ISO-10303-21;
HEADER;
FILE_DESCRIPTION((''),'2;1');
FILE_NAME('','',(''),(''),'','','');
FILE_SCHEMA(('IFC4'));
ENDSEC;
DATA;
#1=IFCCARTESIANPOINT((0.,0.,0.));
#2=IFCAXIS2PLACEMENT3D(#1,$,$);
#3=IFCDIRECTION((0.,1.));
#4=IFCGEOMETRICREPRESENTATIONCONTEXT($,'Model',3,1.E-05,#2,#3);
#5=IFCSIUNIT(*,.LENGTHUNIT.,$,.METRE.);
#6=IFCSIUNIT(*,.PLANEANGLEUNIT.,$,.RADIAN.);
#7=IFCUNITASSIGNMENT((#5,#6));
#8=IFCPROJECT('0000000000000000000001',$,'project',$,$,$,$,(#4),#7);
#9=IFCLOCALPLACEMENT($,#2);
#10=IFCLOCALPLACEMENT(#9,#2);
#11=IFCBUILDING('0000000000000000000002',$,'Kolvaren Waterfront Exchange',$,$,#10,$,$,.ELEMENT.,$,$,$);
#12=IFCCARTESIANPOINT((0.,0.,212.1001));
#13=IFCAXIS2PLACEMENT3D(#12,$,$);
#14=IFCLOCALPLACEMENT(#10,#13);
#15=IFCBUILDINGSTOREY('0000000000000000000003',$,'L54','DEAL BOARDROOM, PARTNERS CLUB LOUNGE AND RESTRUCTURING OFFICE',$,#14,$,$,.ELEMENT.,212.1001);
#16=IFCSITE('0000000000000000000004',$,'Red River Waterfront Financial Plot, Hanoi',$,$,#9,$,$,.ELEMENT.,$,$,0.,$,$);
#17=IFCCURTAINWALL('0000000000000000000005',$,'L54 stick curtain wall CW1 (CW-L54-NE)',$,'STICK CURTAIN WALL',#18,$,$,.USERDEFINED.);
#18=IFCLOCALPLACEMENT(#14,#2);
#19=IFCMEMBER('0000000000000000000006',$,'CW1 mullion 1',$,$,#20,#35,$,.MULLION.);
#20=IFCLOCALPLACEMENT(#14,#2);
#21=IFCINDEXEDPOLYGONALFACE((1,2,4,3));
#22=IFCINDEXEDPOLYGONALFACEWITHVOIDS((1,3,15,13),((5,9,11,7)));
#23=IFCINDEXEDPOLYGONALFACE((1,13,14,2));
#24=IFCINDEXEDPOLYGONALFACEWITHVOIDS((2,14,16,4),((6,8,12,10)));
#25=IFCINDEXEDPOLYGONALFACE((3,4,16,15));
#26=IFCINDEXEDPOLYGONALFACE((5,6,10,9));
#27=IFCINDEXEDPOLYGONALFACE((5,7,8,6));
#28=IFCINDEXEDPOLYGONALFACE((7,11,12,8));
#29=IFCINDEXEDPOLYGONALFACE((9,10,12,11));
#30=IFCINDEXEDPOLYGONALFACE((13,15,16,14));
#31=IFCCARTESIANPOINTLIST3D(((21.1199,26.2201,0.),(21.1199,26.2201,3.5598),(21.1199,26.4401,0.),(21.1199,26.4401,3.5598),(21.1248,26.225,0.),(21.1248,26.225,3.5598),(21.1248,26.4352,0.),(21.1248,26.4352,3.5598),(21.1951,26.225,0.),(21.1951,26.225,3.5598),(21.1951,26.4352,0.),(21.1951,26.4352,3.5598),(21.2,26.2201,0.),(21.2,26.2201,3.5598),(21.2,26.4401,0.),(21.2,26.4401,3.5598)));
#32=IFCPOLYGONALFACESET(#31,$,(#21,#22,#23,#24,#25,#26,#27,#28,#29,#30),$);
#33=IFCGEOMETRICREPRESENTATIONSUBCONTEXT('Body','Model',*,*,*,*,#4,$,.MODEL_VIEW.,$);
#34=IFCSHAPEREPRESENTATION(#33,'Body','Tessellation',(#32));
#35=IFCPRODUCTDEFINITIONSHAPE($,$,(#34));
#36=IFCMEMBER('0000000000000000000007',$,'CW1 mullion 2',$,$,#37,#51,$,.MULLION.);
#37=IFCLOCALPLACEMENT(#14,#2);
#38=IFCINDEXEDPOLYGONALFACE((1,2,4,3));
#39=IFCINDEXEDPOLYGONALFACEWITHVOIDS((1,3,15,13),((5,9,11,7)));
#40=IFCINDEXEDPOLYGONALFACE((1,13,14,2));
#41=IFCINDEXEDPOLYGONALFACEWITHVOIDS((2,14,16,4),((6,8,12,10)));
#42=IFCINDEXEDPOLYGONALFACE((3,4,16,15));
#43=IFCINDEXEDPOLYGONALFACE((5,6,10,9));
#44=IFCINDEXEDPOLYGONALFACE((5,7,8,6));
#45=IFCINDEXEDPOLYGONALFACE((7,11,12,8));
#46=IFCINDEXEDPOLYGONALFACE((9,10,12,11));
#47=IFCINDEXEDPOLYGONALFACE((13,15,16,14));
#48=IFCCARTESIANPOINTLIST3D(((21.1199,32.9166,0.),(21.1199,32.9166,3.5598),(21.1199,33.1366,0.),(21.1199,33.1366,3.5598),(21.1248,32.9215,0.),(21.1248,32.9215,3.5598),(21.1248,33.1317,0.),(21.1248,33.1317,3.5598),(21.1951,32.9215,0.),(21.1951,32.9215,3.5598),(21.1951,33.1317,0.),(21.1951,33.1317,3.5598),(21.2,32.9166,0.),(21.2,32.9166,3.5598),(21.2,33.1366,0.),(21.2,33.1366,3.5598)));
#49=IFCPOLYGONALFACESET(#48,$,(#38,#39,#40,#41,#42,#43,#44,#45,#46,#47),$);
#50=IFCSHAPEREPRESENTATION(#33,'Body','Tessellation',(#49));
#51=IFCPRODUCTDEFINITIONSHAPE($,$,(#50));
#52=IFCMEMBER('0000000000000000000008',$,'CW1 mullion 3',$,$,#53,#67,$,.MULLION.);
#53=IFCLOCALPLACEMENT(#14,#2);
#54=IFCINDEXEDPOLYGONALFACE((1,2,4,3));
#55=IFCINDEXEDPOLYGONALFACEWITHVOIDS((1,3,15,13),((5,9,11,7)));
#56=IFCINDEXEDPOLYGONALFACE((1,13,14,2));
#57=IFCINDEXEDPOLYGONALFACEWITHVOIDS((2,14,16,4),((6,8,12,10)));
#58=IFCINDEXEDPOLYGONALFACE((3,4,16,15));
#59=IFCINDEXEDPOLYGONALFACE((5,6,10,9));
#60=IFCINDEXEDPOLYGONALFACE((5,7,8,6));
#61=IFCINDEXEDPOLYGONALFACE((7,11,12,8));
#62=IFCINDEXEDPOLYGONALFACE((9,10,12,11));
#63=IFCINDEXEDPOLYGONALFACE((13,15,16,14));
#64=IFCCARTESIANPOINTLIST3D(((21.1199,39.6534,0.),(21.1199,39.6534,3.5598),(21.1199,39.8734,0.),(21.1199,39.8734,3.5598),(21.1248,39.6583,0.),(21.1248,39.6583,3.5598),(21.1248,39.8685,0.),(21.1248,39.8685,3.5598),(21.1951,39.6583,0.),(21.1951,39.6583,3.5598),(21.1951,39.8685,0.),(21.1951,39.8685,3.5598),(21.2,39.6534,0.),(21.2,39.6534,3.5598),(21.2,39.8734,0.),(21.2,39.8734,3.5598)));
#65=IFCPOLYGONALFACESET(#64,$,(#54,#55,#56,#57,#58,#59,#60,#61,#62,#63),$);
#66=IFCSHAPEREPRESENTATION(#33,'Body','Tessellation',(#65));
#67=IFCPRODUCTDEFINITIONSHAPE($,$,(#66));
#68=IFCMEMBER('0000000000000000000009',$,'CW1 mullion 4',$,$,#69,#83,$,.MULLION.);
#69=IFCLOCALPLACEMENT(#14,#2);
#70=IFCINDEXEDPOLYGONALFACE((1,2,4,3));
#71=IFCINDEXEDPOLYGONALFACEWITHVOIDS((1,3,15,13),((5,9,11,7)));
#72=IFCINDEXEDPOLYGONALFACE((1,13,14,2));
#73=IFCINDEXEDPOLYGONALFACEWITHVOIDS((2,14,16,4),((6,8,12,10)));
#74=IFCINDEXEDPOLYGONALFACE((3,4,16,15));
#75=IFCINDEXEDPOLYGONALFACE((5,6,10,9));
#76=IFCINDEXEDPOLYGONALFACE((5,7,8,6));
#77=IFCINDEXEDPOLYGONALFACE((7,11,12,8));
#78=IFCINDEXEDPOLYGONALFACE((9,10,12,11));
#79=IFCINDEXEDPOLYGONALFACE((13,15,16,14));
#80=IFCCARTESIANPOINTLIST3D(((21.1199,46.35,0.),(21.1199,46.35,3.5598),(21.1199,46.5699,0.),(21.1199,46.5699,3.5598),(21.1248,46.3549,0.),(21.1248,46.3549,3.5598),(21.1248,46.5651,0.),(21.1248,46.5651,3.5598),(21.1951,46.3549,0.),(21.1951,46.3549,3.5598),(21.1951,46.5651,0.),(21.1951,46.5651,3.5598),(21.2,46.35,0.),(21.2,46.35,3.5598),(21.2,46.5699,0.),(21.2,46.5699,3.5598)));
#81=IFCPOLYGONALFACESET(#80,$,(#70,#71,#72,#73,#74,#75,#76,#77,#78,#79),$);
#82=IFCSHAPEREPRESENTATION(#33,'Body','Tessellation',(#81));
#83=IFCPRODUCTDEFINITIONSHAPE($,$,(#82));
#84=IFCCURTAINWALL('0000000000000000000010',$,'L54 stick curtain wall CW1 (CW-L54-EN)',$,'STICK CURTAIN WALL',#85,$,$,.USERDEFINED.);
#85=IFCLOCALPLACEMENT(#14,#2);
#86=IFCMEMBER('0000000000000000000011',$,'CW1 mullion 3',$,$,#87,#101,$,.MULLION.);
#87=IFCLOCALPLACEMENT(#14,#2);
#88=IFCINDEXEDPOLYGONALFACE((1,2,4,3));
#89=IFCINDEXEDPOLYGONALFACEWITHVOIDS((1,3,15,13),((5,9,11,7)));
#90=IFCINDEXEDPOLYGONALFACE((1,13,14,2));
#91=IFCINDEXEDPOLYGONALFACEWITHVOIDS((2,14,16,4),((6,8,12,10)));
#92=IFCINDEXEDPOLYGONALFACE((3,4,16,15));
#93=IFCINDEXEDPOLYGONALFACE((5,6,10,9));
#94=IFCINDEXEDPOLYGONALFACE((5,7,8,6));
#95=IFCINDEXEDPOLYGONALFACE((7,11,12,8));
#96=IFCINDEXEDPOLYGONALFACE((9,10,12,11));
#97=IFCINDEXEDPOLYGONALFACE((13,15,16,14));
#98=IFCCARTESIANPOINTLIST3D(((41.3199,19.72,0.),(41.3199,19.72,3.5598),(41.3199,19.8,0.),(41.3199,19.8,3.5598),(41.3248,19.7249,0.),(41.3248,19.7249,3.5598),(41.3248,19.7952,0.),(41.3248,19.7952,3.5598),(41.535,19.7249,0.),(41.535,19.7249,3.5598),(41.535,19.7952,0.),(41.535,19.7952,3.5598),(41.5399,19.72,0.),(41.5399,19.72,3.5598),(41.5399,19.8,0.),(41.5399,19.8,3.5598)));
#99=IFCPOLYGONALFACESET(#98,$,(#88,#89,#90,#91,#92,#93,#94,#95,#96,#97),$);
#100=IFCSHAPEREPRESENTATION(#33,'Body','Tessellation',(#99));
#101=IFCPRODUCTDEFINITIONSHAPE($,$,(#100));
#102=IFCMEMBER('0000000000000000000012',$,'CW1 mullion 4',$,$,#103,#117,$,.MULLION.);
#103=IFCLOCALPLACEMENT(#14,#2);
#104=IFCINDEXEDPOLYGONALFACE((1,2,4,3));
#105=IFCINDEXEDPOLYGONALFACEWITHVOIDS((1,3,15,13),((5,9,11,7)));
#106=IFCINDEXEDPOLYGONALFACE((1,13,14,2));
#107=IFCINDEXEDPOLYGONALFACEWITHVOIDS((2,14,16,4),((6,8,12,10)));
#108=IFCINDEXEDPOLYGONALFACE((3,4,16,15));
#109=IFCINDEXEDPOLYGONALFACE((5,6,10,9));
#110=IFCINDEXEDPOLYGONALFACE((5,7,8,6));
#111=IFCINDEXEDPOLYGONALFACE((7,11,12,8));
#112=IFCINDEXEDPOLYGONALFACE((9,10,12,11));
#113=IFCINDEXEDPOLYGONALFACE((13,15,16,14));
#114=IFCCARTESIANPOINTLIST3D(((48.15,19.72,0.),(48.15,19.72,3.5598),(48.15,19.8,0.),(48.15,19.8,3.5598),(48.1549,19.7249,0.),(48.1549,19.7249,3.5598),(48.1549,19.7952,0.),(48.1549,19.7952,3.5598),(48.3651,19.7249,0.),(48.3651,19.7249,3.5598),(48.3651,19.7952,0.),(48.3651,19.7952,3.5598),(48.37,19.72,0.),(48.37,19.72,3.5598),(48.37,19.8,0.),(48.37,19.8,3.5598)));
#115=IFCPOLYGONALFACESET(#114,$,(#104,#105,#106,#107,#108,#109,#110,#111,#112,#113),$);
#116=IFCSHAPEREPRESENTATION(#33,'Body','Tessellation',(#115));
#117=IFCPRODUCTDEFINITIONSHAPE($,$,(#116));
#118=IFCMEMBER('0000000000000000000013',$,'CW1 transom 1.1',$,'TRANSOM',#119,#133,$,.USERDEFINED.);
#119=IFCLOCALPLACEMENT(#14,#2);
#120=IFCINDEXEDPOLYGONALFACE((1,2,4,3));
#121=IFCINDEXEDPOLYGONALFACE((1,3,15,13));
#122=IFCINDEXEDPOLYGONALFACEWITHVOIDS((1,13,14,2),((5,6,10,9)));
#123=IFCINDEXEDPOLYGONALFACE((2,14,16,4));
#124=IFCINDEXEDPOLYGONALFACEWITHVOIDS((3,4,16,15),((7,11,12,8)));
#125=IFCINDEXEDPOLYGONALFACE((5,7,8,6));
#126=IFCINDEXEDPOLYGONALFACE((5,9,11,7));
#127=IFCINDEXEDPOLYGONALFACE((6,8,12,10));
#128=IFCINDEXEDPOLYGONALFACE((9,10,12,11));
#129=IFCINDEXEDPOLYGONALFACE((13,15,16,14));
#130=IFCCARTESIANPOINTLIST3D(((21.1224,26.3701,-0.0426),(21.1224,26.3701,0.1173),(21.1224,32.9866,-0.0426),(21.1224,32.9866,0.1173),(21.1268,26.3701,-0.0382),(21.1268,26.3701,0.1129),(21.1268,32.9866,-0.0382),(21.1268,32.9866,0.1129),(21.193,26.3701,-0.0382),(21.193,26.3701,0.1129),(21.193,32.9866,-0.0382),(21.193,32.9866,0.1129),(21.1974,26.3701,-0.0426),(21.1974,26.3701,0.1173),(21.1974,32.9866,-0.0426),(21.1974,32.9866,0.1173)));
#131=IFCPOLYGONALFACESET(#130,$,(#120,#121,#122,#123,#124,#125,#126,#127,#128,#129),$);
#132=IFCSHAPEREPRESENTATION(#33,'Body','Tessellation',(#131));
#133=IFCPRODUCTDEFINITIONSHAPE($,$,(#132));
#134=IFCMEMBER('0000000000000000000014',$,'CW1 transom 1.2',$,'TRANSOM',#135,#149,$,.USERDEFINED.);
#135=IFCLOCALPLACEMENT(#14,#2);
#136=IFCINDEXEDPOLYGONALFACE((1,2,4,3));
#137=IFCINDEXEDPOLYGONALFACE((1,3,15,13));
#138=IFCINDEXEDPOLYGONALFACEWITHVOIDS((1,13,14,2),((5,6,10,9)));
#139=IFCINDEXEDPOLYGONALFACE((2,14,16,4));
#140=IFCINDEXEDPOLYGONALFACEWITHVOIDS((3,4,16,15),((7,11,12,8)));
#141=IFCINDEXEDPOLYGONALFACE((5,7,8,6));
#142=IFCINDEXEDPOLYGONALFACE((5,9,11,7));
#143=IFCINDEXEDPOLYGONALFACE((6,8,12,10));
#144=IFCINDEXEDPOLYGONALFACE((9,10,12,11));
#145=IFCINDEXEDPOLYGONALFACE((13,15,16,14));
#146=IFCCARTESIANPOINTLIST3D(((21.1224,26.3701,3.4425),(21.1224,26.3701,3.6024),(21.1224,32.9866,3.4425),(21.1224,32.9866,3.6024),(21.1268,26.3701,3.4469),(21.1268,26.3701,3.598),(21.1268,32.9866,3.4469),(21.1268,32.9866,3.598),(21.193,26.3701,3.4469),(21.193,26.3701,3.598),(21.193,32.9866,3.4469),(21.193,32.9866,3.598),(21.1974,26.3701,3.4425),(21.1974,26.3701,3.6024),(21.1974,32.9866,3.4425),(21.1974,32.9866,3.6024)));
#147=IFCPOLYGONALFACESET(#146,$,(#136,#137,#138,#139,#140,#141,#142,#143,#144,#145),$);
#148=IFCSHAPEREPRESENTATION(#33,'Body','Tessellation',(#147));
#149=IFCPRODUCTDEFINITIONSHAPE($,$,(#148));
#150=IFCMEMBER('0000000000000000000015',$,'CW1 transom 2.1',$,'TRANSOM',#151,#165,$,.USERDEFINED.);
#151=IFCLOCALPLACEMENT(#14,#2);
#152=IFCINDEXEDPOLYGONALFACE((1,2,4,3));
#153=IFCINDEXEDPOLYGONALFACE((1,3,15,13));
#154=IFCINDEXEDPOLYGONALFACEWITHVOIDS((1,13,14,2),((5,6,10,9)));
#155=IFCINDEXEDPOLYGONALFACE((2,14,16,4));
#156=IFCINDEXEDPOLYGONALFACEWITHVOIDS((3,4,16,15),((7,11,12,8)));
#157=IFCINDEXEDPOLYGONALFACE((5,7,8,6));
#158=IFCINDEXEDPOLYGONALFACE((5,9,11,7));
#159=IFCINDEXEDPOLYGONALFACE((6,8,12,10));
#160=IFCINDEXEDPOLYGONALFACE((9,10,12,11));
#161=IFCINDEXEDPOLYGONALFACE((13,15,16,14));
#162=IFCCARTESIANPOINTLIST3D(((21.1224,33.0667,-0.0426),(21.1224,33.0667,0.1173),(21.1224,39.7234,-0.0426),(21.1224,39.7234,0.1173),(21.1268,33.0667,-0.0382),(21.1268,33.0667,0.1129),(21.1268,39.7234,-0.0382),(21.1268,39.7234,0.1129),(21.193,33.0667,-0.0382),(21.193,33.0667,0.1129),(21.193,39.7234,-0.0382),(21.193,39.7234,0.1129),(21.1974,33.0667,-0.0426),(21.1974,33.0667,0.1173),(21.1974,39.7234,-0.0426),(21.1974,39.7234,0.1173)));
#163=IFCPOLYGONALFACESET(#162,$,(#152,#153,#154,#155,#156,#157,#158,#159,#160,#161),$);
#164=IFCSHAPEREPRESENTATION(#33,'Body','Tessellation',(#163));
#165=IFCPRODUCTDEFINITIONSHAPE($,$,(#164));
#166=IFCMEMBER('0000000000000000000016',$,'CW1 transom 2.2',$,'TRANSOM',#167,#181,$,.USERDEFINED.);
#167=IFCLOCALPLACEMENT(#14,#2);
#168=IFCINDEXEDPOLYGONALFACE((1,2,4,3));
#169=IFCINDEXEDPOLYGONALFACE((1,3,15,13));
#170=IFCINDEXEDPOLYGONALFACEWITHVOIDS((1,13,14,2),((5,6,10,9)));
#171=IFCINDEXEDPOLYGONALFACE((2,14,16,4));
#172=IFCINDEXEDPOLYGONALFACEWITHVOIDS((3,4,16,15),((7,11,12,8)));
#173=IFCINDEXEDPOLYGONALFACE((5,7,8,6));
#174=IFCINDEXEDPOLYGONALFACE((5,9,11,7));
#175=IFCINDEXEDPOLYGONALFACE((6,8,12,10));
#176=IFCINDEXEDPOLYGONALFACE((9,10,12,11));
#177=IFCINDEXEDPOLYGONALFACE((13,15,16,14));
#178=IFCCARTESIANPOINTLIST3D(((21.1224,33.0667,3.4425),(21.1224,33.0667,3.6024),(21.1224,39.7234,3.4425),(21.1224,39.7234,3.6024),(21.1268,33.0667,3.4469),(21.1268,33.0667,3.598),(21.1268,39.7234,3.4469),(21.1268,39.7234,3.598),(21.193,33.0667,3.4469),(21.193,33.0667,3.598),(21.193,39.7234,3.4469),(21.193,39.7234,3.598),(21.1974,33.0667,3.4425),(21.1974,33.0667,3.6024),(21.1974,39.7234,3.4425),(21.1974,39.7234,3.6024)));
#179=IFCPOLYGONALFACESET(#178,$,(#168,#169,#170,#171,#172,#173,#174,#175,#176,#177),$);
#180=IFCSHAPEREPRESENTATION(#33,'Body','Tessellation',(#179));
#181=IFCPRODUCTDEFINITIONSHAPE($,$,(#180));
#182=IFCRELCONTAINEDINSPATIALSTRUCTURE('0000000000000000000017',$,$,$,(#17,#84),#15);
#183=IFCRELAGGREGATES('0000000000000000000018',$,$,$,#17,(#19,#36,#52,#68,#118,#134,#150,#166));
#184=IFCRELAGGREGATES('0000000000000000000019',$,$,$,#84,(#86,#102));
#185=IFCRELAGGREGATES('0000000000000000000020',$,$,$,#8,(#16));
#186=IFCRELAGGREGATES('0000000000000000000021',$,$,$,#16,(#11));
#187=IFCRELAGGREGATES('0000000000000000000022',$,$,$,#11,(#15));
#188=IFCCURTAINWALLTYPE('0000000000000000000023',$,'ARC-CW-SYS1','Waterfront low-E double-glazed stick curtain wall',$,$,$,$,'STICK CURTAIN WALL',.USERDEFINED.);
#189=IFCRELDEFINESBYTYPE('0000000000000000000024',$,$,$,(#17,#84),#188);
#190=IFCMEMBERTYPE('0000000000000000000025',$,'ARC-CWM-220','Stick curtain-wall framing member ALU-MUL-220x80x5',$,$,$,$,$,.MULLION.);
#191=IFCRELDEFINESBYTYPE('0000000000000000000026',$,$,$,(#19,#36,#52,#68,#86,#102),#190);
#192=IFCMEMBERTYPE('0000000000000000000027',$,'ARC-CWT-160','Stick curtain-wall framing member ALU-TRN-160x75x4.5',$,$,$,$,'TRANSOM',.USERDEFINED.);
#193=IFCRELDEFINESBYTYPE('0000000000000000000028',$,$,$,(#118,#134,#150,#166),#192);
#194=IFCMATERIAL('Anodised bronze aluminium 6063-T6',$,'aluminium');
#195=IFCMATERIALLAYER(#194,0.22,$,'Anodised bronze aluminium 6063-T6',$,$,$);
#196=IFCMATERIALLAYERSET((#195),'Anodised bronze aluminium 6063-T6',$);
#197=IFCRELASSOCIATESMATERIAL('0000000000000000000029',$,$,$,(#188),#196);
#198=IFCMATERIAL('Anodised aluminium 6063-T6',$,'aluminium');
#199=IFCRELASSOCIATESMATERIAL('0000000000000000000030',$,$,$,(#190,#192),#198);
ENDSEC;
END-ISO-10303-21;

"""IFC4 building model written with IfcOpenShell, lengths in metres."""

from ifc_helpers import new_model, si_unit, direction, frame, origin, origin_with_axes, origin_2d, place, context, subcontext, project, spatial, hollow_rectangle, extrude, source, transform, mapped, material, layer, layer_set, material_profile, profile_set, type_object, element, aggregate, save


model = new_model("IFC4")

# Units and contexts
model_context = context("Model", 3, precision=1e-05, world=origin(), true_north=direction((0.0, 1.0)))
body_context = subcontext(model_context, "Body", "Model", "MODEL_VIEW")
ifc_project = project(units=[si_unit("LENGTHUNIT", "METRE"), si_unit("PLANEANGLEUNIT", "RADIAN")], contexts=[model_context])

# Site, building, storey
site_placement = place(None, origin())
site = spatial("IfcSite", under=ifc_project, at=site_placement, Name="Red River Waterfront Financial Plot, Hanoi", CompositionType="ELEMENT", RefElevation=0.0)
building_placement = place(site_placement, origin())
building = spatial("IfcBuilding", under=site, at=building_placement, Name="Kolvaren Waterfront Exchange", CompositionType="ELEMENT")
storey_placement = place(building_placement, frame((0.0, 0.0, 212.1001)))
storey = spatial("IfcBuildingStorey", under=building, at=storey_placement, Name="L54", Description="DEAL BOARDROOM, PARTNERS CLUB LOUNGE AND RESTRUCTURING OFFICE", CompositionType="ELEMENT", Elevation=212.1001)

# Curtain walls, members
ifc_material_1 = material(Name="Anodised bronze aluminium 6063-T6", Category="aluminium")
ifc_layer_1 = layer(ifc_material_1, 0.22, Name="Anodised bronze aluminium 6063-T6")
ifc_layer_set_1 = layer_set([ifc_layer_1], Name="Anodised bronze aluminium 6063-T6")
curtain_wall_type = type_object("IfcCurtainWallType", Name="ARC-CW-SYS1", Description="Waterfront low-E double-glazed stick curtain wall", ElementType="STICK CURTAIN WALL", PredefinedType="USERDEFINED", material=ifc_layer_set_1)
curtain_wall_1_placement = place(storey_placement, origin())
curtain_wall_1 = element("IfcCurtainWall", 1, at=curtain_wall_1_placement, inside=storey, type_object=curtain_wall_type, Name="L54 stick curtain wall CW1 (CW-L54-NE)", ObjectType="STICK CURTAIN WALL", PredefinedType="USERDEFINED")
ifc_material_2 = material(Name="Anodised aluminium 6063-T6", Category="aluminium")
ifc_material_profile_1 = material_profile(ifc_material_2, hollow_rectangle(XDim=0.0801, YDim=0.22, WallThickness=0.0049, at=origin_2d()), Name="ALU-MUL-220x80x5")
ifc_profile_set_1 = profile_set([ifc_material_profile_1], Name="Anodised aluminium 6063-T6")
member_type_1 = type_object("IfcMemberType", Name="ARC-CWM-220", Description="Stick curtain-wall framing member ALU-MUL-220x80x5", PredefinedType="MULLION", material=ifc_profile_set_1)
shared_shape_1 = source(origin_with_axes(), body_context, "Body", "SweptSolid", [
    extrude(hollow_rectangle(XDim=0.0801, YDim=0.22, WallThickness=0.0049, at=origin_2d()), origin(), (0.0, 0.0, 1.0), 3.5598),
])
member_1_placement = place(storey_placement, frame((21.1599, 26.3301, 0.0), z_axis=(0.0, 0.0, 1.0), x_axis=(-1.0, 0.0, 0.0)))
member_1 = element("IfcMember", 2, at=member_1_placement, type_object=member_type_1, Name="CW1 mullion 1", PredefinedType="MULLION", context=body_context, shape_type="MappedRepresentation", body=[
    mapped(shared_shape_1, transform((0.0, 0.0, 0.0), x_axis=(1.0, 0.0, 0.0), y_axis=(0.0, 1.0, 0.0), z_axis=(0.0, 0.0, 1.0), scale=1.0)),
])
member_2_placement = place(storey_placement, frame((21.1599, 33.0266, 0.0), z_axis=(0.0, 0.0, 1.0), x_axis=(-1.0, 0.0, 0.0)))
member_2 = element("IfcMember", 3, at=member_2_placement, type_object=member_type_1, Name="CW1 mullion 2", PredefinedType="MULLION", context=body_context, shape_type="MappedRepresentation", body=[
    mapped(shared_shape_1, transform((0.0, 0.0, 0.0), x_axis=(1.0, 0.0, 0.0), y_axis=(0.0, 1.0, 0.0), z_axis=(0.0, 0.0, 1.0), scale=1.0)),
])
member_3_placement = place(storey_placement, frame((21.1599, 39.7634, 0.0), z_axis=(0.0, 0.0, 1.0), x_axis=(-1.0, 0.0, 0.0)))
member_3 = element("IfcMember", 4, at=member_3_placement, type_object=member_type_1, Name="CW1 mullion 3", PredefinedType="MULLION", context=body_context, shape_type="MappedRepresentation", body=[
    mapped(shared_shape_1, transform((0.0, 0.0, 0.0), x_axis=(1.0, 0.0, 0.0), y_axis=(0.0, 1.0, 0.0), z_axis=(0.0, 0.0, 1.0), scale=1.0)),
])
member_4_placement = place(storey_placement, frame((21.1599, 46.46, 0.0), z_axis=(0.0, 0.0, 1.0), x_axis=(-1.0, 0.0, 0.0)))
member_4 = element("IfcMember", 5, at=member_4_placement, type_object=member_type_1, Name="CW1 mullion 4", PredefinedType="MULLION", context=body_context, shape_type="MappedRepresentation", body=[
    mapped(shared_shape_1, transform((0.0, 0.0, 0.0), x_axis=(1.0, 0.0, 0.0), y_axis=(0.0, 1.0, 0.0), z_axis=(0.0, 0.0, 1.0), scale=1.0)),
])
curtain_wall_2_placement = place(storey_placement, origin())
curtain_wall_2 = element("IfcCurtainWall", 6, at=curtain_wall_2_placement, inside=storey, type_object=curtain_wall_type, Name="L54 stick curtain wall CW1 (CW-L54-EN)", ObjectType="STICK CURTAIN WALL", PredefinedType="USERDEFINED")
member_5_placement = place(storey_placement, frame((41.4299, 19.76, 0.0), z_axis=(0.0, 0.0, 1.0), x_axis=(0.0, 1.0, 0.0)))
member_5 = element("IfcMember", 7, at=member_5_placement, type_object=member_type_1, Name="CW1 mullion 3", PredefinedType="MULLION", context=body_context, shape_type="MappedRepresentation", body=[
    mapped(shared_shape_1, transform((0.0, 0.0, 0.0), x_axis=(1.0, 0.0, 0.0), y_axis=(0.0, 1.0, 0.0), z_axis=(0.0, 0.0, 1.0), scale=1.0)),
])
member_6_placement = place(storey_placement, frame((48.26, 19.76, 0.0), z_axis=(0.0, 0.0, 1.0), x_axis=(0.0, 1.0, 0.0)))
member_6 = element("IfcMember", 8, at=member_6_placement, type_object=member_type_1, Name="CW1 mullion 4", PredefinedType="MULLION", context=body_context, shape_type="MappedRepresentation", body=[
    mapped(shared_shape_1, transform((0.0, 0.0, 0.0), x_axis=(1.0, 0.0, 0.0), y_axis=(0.0, 1.0, 0.0), z_axis=(0.0, 0.0, 1.0), scale=1.0)),
])

# Members
ifc_material_profile_2 = material_profile(ifc_material_2, hollow_rectangle(XDim=0.075, YDim=0.1599, WallThickness=0.0044, at=origin_2d()), Name="ALU-TRN-160x75x4.5")
ifc_profile_set_2 = profile_set([ifc_material_profile_2], Name="Anodised aluminium 6063-T6")
member_type_2 = type_object("IfcMemberType", Name="ARC-CWT-160", Description="Stick curtain-wall framing member ALU-TRN-160x75x4.5", ElementType="TRANSOM", PredefinedType="USERDEFINED", material=ifc_profile_set_2)
shared_shape_2 = source(origin_with_axes(), body_context, "Body", "SweptSolid", [
    extrude(hollow_rectangle(XDim=0.075, YDim=0.1599, WallThickness=0.0044, at=origin_2d()), origin(), (0.0, 0.0, 1.0), 6.6165),
])
member_7_placement = place(storey_placement, frame((21.1599, 26.3701, 0.0374), z_axis=(0.0, 1.0, 0.0), x_axis=(-1.0, 0.0, 0.0)))
member_7 = element("IfcMember", 9, at=member_7_placement, type_object=member_type_2, Name="CW1 transom 1.1", ObjectType="TRANSOM", PredefinedType="USERDEFINED", context=body_context, shape_type="MappedRepresentation", body=[
    mapped(shared_shape_2, transform((0.0, 0.0, 0.0), x_axis=(1.0, 0.0, 0.0), y_axis=(0.0, 1.0, 0.0), z_axis=(0.0, 0.0, 1.0), scale=1.0)),
])
member_8_placement = place(storey_placement, frame((21.1599, 26.3701, 3.5225), z_axis=(0.0, 1.0, 0.0), x_axis=(-1.0, 0.0, 0.0)))
member_8 = element("IfcMember", 10, at=member_8_placement, type_object=member_type_2, Name="CW1 transom 1.2", ObjectType="TRANSOM", PredefinedType="USERDEFINED", context=body_context, shape_type="MappedRepresentation", body=[
    mapped(shared_shape_2, transform((0.0, 0.0, 0.0), x_axis=(1.0, 0.0, 0.0), y_axis=(0.0, 1.0, 0.0), z_axis=(0.0, 0.0, 1.0), scale=1.0)),
])
shared_shape_3 = source(origin_with_axes(), body_context, "Body", "SweptSolid", [
    extrude(hollow_rectangle(XDim=0.075, YDim=0.1599, WallThickness=0.0044, at=origin_2d()), origin(), (0.0, 0.0, 1.0), 6.6567),
])
member_9_placement = place(storey_placement, frame((21.1599, 33.0667, 0.0374), z_axis=(0.0, 1.0, 0.0), x_axis=(-1.0, 0.0, 0.0)))
member_9 = element("IfcMember", 11, at=member_9_placement, type_object=member_type_2, Name="CW1 transom 2.1", ObjectType="TRANSOM", PredefinedType="USERDEFINED", context=body_context, shape_type="MappedRepresentation", body=[
    mapped(shared_shape_3, transform((0.0, 0.0, 0.0), x_axis=(1.0, 0.0, 0.0), y_axis=(0.0, 1.0, 0.0), z_axis=(0.0, 0.0, 1.0), scale=1.0)),
])
member_10_placement = place(storey_placement, frame((21.1599, 33.0667, 3.5225), z_axis=(0.0, 1.0, 0.0), x_axis=(-1.0, 0.0, 0.0)))
member_10 = element("IfcMember", 12, at=member_10_placement, type_object=member_type_2, Name="CW1 transom 2.2", ObjectType="TRANSOM", PredefinedType="USERDEFINED", context=body_context, shape_type="MappedRepresentation", body=[
    mapped(shared_shape_3, transform((0.0, 0.0, 0.0), x_axis=(1.0, 0.0, 0.0), y_axis=(0.0, 1.0, 0.0), z_axis=(0.0, 0.0, 1.0), scale=1.0)),
])

aggregate(curtain_wall_1, [member_1, member_2, member_3, member_4, member_7, member_8, member_9, member_10])
aggregate(curtain_wall_2, [member_5, member_6])

save(model, "model.ifc")
